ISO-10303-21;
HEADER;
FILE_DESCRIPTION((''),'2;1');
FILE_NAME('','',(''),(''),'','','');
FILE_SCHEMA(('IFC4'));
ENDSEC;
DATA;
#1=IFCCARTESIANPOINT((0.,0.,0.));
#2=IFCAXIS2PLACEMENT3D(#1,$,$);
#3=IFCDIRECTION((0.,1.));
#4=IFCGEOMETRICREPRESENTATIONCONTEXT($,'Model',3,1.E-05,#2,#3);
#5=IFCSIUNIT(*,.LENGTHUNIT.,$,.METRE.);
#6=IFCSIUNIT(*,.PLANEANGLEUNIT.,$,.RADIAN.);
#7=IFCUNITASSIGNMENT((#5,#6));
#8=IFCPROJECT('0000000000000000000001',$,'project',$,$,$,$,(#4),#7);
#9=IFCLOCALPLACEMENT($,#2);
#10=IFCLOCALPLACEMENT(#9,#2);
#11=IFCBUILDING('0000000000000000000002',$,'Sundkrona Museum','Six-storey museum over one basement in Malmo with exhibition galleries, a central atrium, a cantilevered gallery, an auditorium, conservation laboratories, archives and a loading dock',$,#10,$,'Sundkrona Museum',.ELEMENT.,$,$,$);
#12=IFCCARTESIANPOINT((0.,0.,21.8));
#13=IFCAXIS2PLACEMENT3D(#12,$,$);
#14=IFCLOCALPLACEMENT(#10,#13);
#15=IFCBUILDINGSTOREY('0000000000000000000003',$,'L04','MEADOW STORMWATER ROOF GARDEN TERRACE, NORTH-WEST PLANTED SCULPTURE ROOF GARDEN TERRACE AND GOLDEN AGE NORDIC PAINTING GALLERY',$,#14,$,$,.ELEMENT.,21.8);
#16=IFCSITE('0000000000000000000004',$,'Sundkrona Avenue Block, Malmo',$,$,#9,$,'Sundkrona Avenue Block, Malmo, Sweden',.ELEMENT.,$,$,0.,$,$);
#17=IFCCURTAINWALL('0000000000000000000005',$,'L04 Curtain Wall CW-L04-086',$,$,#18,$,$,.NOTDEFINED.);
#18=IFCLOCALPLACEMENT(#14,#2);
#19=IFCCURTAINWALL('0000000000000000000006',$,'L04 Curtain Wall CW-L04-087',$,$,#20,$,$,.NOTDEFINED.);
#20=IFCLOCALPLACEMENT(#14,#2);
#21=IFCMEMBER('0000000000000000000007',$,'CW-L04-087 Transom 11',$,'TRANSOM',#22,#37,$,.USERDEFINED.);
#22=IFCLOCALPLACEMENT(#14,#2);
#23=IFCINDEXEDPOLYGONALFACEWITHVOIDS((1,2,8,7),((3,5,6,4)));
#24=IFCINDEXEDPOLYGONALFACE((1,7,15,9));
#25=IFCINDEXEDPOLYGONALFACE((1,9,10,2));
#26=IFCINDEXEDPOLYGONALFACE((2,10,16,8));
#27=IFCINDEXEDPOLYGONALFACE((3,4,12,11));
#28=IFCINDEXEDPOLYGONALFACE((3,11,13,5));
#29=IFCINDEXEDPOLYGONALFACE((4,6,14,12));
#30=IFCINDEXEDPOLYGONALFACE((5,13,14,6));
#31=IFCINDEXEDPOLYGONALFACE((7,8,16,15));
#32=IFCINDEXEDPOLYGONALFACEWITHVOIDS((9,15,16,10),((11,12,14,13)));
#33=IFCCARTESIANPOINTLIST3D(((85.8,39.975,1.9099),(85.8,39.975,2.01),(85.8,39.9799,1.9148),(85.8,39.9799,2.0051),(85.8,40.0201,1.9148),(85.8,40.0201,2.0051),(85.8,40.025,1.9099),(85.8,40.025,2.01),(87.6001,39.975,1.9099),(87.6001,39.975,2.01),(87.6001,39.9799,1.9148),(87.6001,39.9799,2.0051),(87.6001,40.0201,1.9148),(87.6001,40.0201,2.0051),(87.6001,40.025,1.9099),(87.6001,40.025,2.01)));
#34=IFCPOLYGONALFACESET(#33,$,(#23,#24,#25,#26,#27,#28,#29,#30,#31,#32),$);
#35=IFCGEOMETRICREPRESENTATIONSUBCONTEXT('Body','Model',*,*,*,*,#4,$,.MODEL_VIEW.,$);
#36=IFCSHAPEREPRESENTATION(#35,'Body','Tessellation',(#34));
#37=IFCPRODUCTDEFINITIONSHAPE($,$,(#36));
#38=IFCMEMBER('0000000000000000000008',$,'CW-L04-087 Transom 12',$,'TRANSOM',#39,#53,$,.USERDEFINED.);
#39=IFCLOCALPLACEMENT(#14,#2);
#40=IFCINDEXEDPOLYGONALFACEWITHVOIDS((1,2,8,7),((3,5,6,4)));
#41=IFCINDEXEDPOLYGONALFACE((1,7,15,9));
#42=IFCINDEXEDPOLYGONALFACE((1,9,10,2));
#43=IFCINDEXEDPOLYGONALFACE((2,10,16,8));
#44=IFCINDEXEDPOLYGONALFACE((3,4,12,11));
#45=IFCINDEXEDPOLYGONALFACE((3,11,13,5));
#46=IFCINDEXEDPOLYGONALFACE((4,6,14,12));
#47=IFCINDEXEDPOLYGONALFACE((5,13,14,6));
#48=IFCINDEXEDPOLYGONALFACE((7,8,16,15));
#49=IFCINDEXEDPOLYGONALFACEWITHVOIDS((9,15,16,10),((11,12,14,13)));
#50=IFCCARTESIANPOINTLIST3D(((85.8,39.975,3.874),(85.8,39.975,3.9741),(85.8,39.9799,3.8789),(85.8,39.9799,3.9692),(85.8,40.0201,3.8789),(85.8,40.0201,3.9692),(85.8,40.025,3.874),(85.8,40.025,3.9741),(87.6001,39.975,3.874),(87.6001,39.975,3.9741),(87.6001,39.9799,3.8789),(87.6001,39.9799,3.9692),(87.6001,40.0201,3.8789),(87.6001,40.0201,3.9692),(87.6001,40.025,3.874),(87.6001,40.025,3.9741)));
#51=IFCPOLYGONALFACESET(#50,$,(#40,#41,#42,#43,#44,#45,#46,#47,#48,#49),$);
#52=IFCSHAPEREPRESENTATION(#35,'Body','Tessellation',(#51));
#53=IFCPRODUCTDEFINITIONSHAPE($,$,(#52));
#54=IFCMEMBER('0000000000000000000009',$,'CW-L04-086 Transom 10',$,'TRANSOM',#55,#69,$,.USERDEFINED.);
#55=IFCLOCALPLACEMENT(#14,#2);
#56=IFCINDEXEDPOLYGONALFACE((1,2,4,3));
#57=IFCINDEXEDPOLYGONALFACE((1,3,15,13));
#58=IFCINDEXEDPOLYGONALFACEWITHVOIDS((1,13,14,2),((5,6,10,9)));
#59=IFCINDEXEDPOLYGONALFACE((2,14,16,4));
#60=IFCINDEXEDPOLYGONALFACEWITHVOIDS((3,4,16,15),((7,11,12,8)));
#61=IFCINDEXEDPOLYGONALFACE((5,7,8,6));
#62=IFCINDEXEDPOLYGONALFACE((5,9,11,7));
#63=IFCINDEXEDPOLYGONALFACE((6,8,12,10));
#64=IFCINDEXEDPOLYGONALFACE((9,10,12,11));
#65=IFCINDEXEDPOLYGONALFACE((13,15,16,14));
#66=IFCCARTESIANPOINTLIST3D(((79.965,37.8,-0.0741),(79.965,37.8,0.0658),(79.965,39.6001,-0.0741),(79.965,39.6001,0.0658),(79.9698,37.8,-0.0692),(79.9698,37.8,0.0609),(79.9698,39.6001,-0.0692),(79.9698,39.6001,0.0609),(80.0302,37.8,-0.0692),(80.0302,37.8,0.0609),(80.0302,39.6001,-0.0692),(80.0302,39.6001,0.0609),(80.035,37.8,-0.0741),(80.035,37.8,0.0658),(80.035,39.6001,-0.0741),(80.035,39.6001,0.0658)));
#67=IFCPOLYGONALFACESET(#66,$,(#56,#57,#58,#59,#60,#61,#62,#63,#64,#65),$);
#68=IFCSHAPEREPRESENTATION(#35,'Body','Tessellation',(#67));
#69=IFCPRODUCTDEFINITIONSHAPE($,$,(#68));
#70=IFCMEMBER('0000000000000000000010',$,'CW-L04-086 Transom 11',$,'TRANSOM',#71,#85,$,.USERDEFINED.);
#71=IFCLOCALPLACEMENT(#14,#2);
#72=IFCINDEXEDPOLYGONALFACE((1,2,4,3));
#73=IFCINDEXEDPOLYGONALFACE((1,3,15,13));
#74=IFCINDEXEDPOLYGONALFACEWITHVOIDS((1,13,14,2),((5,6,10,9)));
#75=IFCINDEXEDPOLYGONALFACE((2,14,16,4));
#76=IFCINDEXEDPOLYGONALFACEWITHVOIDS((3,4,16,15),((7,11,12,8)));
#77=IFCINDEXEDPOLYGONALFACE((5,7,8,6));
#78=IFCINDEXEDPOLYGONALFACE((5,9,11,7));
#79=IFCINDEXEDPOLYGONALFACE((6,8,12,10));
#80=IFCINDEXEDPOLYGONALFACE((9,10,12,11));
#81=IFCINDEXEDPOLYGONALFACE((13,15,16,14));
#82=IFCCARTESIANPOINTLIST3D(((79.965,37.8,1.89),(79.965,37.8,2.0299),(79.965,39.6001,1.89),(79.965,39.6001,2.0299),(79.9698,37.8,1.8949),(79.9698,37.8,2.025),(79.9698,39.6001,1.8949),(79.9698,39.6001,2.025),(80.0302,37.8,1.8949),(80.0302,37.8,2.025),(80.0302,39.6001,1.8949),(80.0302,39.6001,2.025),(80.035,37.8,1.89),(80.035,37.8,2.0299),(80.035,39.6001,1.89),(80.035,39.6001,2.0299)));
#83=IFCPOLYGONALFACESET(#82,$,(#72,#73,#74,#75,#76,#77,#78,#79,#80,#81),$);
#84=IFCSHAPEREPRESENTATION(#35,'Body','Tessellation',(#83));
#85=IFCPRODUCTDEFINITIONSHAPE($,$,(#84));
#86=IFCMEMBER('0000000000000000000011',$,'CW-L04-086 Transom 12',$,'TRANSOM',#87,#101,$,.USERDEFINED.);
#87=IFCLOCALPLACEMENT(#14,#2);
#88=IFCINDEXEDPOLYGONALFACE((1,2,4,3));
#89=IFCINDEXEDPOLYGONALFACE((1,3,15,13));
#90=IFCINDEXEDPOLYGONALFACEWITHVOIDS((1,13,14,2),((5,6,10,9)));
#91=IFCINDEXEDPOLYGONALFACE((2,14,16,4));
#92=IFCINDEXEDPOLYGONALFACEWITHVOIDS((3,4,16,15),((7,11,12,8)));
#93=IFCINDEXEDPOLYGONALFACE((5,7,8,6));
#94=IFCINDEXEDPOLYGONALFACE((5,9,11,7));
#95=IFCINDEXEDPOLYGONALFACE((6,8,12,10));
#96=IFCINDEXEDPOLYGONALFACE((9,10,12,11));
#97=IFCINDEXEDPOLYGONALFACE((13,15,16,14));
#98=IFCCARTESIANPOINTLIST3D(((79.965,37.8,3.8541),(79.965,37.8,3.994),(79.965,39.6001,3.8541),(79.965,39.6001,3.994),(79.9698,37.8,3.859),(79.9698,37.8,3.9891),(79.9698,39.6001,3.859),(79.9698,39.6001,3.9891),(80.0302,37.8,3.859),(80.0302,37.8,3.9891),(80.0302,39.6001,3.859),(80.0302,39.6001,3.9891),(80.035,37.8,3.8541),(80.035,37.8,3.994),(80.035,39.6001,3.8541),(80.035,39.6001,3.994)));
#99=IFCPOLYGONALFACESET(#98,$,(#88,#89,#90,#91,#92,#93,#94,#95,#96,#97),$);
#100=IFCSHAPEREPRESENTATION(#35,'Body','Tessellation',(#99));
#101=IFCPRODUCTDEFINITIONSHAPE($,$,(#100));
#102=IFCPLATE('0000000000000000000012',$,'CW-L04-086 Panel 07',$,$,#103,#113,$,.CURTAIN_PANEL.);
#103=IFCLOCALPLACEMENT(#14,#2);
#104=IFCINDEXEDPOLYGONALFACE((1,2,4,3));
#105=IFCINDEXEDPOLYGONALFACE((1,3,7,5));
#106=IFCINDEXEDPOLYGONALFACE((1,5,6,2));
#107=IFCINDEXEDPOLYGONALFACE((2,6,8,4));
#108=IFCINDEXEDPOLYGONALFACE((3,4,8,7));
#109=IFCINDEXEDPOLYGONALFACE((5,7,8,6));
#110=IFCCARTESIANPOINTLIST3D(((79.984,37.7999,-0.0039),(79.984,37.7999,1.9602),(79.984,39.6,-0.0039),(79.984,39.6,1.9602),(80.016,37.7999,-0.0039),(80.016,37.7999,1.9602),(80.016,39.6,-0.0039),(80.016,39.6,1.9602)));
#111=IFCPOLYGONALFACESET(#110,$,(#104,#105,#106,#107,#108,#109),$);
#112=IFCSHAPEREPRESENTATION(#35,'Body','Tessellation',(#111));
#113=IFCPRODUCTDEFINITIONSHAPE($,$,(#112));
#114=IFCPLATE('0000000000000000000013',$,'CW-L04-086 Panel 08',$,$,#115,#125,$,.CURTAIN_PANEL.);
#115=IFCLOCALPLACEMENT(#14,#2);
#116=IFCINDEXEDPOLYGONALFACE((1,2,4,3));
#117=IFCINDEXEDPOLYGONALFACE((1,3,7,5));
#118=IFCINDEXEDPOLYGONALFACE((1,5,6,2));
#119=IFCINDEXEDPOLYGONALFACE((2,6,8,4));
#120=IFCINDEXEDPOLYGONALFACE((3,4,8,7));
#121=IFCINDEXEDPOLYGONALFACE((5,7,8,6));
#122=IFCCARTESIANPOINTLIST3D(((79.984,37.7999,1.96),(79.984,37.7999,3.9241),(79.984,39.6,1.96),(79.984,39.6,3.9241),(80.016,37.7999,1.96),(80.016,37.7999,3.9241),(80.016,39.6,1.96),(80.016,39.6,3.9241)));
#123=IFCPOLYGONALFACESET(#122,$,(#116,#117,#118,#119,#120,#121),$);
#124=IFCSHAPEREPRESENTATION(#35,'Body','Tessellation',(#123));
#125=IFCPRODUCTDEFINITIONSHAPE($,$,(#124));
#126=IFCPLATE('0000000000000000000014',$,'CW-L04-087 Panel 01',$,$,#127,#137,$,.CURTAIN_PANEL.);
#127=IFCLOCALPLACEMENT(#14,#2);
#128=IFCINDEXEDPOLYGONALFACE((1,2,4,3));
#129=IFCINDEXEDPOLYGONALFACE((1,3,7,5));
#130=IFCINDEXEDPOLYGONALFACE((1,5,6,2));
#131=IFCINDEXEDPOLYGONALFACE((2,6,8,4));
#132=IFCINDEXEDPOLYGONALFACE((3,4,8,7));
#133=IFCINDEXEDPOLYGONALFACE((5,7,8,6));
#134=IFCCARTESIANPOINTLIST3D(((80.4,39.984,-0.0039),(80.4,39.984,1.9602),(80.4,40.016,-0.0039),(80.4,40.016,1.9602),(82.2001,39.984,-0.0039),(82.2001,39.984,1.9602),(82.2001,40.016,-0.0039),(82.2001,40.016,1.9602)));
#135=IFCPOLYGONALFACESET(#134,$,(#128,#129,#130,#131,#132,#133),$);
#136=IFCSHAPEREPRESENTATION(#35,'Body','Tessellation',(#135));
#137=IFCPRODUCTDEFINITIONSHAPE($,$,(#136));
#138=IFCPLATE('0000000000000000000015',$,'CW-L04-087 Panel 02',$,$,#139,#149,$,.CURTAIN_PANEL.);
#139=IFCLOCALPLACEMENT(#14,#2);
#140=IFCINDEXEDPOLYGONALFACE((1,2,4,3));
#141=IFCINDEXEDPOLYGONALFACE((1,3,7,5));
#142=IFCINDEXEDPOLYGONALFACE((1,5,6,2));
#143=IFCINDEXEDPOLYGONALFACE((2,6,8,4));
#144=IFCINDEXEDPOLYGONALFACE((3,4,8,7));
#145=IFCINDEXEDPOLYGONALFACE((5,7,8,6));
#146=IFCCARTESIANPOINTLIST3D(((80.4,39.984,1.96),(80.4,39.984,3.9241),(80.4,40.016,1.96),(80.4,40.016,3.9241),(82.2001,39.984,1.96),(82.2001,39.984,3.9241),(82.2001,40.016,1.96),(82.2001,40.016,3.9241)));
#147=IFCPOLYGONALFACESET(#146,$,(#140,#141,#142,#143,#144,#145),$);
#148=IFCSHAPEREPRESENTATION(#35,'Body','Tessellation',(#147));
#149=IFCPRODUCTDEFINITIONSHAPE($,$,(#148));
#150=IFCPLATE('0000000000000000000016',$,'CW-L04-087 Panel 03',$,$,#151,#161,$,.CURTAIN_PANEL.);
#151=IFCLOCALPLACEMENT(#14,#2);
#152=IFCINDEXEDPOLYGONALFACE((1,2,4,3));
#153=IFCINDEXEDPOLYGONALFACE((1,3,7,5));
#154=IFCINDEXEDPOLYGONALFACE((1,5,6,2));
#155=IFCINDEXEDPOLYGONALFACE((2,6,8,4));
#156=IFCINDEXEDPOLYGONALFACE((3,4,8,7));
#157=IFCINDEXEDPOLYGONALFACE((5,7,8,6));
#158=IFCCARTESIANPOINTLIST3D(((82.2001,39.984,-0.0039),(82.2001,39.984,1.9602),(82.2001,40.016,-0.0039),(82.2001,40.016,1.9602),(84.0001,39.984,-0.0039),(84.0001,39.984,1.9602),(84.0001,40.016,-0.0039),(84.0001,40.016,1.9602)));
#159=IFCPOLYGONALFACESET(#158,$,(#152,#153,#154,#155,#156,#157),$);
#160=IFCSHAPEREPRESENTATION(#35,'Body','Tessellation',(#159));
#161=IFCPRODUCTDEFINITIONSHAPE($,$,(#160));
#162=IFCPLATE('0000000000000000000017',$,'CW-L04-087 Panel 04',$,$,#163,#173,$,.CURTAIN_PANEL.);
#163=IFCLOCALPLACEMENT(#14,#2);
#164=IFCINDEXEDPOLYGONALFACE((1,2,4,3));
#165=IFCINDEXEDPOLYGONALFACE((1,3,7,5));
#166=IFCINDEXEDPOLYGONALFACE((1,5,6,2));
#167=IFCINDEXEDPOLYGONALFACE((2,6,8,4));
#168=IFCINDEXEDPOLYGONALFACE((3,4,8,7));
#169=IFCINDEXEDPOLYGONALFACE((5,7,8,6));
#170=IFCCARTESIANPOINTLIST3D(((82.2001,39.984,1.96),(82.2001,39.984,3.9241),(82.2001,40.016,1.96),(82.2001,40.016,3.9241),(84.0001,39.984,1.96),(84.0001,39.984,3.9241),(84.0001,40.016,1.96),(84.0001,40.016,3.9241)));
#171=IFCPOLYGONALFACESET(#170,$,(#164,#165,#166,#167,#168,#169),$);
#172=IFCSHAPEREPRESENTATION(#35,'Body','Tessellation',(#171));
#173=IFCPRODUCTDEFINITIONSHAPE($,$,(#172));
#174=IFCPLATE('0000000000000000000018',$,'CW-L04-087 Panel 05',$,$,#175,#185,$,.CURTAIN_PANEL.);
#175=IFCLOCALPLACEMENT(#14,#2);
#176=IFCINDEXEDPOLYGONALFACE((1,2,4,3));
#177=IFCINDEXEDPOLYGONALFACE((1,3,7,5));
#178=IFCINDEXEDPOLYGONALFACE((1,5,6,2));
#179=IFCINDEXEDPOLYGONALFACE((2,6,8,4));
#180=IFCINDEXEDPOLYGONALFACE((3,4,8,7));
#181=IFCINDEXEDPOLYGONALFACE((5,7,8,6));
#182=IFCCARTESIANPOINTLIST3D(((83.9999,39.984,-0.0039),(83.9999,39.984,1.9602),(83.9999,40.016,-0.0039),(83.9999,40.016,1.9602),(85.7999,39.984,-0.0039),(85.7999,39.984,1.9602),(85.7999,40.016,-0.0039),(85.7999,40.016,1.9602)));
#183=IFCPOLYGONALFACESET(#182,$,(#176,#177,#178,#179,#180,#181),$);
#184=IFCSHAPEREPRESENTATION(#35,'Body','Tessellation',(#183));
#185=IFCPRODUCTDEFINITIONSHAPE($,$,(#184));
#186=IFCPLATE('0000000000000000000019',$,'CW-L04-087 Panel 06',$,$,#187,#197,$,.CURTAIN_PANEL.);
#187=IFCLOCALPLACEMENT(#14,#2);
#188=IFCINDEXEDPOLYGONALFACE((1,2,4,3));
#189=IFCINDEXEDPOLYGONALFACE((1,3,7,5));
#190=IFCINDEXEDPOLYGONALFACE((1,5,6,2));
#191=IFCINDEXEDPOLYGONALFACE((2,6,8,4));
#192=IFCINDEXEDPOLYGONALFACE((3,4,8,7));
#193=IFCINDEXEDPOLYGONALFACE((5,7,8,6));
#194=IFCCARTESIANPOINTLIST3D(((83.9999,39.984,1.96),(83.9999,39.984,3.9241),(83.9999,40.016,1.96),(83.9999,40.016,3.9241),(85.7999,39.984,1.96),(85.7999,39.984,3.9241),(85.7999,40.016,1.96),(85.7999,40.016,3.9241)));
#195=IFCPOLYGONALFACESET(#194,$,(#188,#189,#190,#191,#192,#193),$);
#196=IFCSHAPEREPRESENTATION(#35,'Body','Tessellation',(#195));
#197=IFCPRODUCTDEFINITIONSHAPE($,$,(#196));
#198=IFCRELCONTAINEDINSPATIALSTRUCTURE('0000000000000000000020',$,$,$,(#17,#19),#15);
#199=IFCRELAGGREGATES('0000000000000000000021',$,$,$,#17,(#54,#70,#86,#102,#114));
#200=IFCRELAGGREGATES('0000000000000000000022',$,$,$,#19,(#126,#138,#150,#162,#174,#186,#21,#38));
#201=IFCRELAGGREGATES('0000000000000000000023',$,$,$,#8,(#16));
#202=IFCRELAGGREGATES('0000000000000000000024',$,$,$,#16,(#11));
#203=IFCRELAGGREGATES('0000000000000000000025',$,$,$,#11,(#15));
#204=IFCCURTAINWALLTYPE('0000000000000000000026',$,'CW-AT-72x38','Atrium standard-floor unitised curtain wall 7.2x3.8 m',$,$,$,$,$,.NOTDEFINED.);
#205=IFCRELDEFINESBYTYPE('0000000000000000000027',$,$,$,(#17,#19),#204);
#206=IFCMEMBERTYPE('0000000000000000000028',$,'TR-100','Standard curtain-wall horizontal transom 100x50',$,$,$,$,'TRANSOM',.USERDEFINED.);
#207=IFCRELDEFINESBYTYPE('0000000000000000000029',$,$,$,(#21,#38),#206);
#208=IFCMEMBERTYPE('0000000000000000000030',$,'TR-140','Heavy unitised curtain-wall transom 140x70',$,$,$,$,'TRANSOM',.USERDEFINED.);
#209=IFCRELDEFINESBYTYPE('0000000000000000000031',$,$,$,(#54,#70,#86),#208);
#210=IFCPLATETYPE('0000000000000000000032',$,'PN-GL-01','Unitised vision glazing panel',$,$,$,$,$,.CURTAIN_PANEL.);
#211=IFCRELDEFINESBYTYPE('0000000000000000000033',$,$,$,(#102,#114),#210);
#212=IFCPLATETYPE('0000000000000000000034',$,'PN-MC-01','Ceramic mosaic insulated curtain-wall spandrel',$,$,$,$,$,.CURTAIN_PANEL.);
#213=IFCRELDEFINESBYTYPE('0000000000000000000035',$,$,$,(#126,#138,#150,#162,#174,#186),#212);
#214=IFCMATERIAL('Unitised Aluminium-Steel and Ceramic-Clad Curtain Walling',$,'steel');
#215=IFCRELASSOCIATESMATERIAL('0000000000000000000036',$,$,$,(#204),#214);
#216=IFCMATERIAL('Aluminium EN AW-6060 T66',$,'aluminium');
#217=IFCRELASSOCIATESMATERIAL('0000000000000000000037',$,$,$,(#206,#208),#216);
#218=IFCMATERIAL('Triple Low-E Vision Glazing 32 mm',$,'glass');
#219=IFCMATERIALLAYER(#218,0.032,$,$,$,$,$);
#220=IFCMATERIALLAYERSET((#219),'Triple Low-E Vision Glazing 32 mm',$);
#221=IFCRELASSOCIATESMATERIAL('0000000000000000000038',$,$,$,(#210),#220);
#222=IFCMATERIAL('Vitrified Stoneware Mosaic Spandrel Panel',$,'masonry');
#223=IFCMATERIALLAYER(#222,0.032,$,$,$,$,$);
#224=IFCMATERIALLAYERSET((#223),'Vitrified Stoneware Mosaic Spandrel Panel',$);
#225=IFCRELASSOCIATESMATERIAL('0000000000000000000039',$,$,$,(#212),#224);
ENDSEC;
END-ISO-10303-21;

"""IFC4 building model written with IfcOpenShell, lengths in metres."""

from ifc_helpers import new_model, si_unit, direction, frame, origin, origin_2d, place, context, subcontext, project, spatial, rectangle, hollow_rectangle, extrude, material, layer, layer_set, material_profile, profile_set, type_object, element, aggregate, save


model = new_model("IFC4")

# Units and contexts
model_context = context("Model", 3, precision=1e-05, world=origin(), true_north=direction((0.0, 1.0)))
body_context = subcontext(model_context, "Body", "Model", "MODEL_VIEW")
ifc_project = project(units=[si_unit("LENGTHUNIT", "METRE"), si_unit("PLANEANGLEUNIT", "RADIAN")], contexts=[model_context])

# Site, building, storey
site_placement = place(None, origin())
site = spatial("IfcSite", under=ifc_project, at=site_placement, Name="Sundkrona Avenue Block, Malmo", LongName="Sundkrona Avenue Block, Malmo, Sweden", CompositionType="ELEMENT", RefElevation=0.0)
building_placement = place(site_placement, origin())
building = spatial("IfcBuilding", under=site, at=building_placement, Name="Sundkrona Museum", Description="Six-storey museum over one basement in Malmo with exhibition galleries, a central atrium, a cantilevered gallery, an auditorium, conservation laboratories, archives and a loading dock", LongName="Sundkrona Museum", CompositionType="ELEMENT")
storey_placement = place(building_placement, frame((0.0, 0.0, 21.8)))
storey = spatial("IfcBuildingStorey", under=building, at=storey_placement, Name="L04", Description="MEADOW STORMWATER ROOF GARDEN TERRACE, NORTH-WEST PLANTED SCULPTURE ROOF GARDEN TERRACE AND GOLDEN AGE NORDIC PAINTING GALLERY", CompositionType="ELEMENT", Elevation=21.8)

# Curtain walls, members
ifc_material_1 = material(Name="Unitised Aluminium-Steel and Ceramic-Clad Curtain Walling", Category="steel")
curtain_wall_type = type_object("IfcCurtainWallType", Name="CW-AT-72x38", Description="Atrium standard-floor unitised curtain wall 7.2x3.8 m", PredefinedType="NOTDEFINED", material=ifc_material_1)
curtain_wall_1_placement = place(storey_placement, origin())
curtain_wall_1 = element("IfcCurtainWall", 1, at=curtain_wall_1_placement, inside=storey, type_object=curtain_wall_type, Name="L04 Curtain Wall CW-L04-086", PredefinedType="NOTDEFINED")
ifc_material_2 = material(Name="Aluminium EN AW-6060 T66", Category="aluminium")
curtain_wall_2_placement = place(storey_placement, origin())
curtain_wall_2 = element("IfcCurtainWall", 2, at=curtain_wall_2_placement, inside=storey, type_object=curtain_wall_type, Name="L04 Curtain Wall CW-L04-087", PredefinedType="NOTDEFINED")
ifc_material_profile_1 = material_profile(ifc_material_2, hollow_rectangle(XDim=0.05, YDim=0.1001, WallThickness=0.0049, at=origin_2d()), Name="RHS 100x50x5.0")
ifc_profile_set_1 = profile_set([ifc_material_profile_1], Name="Aluminium EN AW-6060 T66")
member_type_1 = type_object("IfcMemberType", Name="TR-100", Description="Standard curtain-wall horizontal transom 100x50", ElementType="TRANSOM", PredefinedType="USERDEFINED", material=ifc_profile_set_1)
member_1_placement = place(storey_placement, frame((85.8, 40.0, 1.96), z_axis=(1.0, 0.0, 0.0), x_axis=(0.0, 1.0, 0.0)))
member_1 = element("IfcMember", 3, at=member_1_placement, type_object=member_type_1, Name="CW-L04-087 Transom 11", ObjectType="TRANSOM", PredefinedType="USERDEFINED", context=body_context, shape_type="SweptSolid", body=[
    extrude(hollow_rectangle(XDim=0.05, YDim=0.1001, WallThickness=0.0049, at=origin_2d()), origin(), (0.0, 0.0, 1.0), 1.8),
])
member_2_placement = place(storey_placement, frame((85.8, 40.0, 3.9241), z_axis=(1.0, 0.0, 0.0), x_axis=(0.0, 1.0, 0.0)))
member_2 = element("IfcMember", 4, at=member_2_placement, type_object=member_type_1, Name="CW-L04-087 Transom 12", ObjectType="TRANSOM", PredefinedType="USERDEFINED", context=body_context, shape_type="SweptSolid", body=[
    extrude(hollow_rectangle(XDim=0.05, YDim=0.1001, WallThickness=0.0049, at=origin_2d()), origin(), (0.0, 0.0, 1.0), 1.8),
])

# Members
ifc_material_profile_2 = material_profile(ifc_material_2, hollow_rectangle(XDim=0.0701, YDim=0.1399, WallThickness=0.0049, at=origin_2d()), Name="RHS 140x70x5.0")
ifc_profile_set_2 = profile_set([ifc_material_profile_2], Name="Aluminium EN AW-6060 T66")
member_type_2 = type_object("IfcMemberType", Name="TR-140", Description="Heavy unitised curtain-wall transom 140x70", ElementType="TRANSOM", PredefinedType="USERDEFINED", material=ifc_profile_set_2)
member_3_placement = place(storey_placement, frame((80.0, 37.8, -0.0042), z_axis=(0.0, 1.0, 0.0), x_axis=(-1.0, 0.0, 0.0)))
member_3 = element("IfcMember", 5, at=member_3_placement, type_object=member_type_2, Name="CW-L04-086 Transom 10", ObjectType="TRANSOM", PredefinedType="USERDEFINED", context=body_context, shape_type="SweptSolid", body=[
    extrude(hollow_rectangle(XDim=0.0701, YDim=0.1399, WallThickness=0.0049, at=origin_2d()), origin(), (0.0, 0.0, 1.0), 1.8),
])
member_4_placement = place(storey_placement, frame((80.0, 37.8, 1.96), z_axis=(0.0, 1.0, 0.0), x_axis=(-1.0, 0.0, 0.0)))
member_4 = element("IfcMember", 6, at=member_4_placement, type_object=member_type_2, Name="CW-L04-086 Transom 11", ObjectType="TRANSOM", PredefinedType="USERDEFINED", context=body_context, shape_type="SweptSolid", body=[
    extrude(hollow_rectangle(XDim=0.0701, YDim=0.1399, WallThickness=0.0049, at=origin_2d()), origin(), (0.0, 0.0, 1.0), 1.8),
])
member_5_placement = place(storey_placement, frame((80.0, 37.8, 3.9241), z_axis=(0.0, 1.0, 0.0), x_axis=(-1.0, 0.0, 0.0)))
member_5 = element("IfcMember", 7, at=member_5_placement, type_object=member_type_2, Name="CW-L04-086 Transom 12", ObjectType="TRANSOM", PredefinedType="USERDEFINED", context=body_context, shape_type="SweptSolid", body=[
    extrude(hollow_rectangle(XDim=0.0701, YDim=0.1399, WallThickness=0.0049, at=origin_2d()), origin(), (0.0, 0.0, 1.0), 1.8),
])

# Plates
ifc_material_3 = material(Name="Triple Low-E Vision Glazing 32 mm", Category="glass")
ifc_layer_1 = layer(ifc_material_3, 0.032)
ifc_layer_set_1 = layer_set([ifc_layer_1], Name="Triple Low-E Vision Glazing 32 mm")
plate_type_1 = type_object("IfcPlateType", Name="PN-GL-01", Description="Unitised vision glazing panel", PredefinedType="CURTAIN_PANEL", material=ifc_layer_set_1)
plate_1_placement = place(storey_placement, frame((80.0, 38.7, -0.0039), z_axis=(0.0, 0.0, 1.0), x_axis=(0.0, 1.0, 0.0)))
plate_1 = element("IfcPlate", 8, at=plate_1_placement, type_object=plate_type_1, Name="CW-L04-086 Panel 07", PredefinedType="CURTAIN_PANEL", context=body_context, shape_type="SweptSolid", body=[
    extrude(rectangle(XDim=1.8, YDim=0.032, at=origin_2d()), origin(), (0.0, 0.0, 1.0), 1.9641),
])
plate_2_placement = place(storey_placement, frame((80.0, 38.7, 1.96), z_axis=(0.0, 0.0, 1.0), x_axis=(0.0, 1.0, 0.0)))
plate_2 = element("IfcPlate", 9, at=plate_2_placement, type_object=plate_type_1, Name="CW-L04-086 Panel 08", PredefinedType="CURTAIN_PANEL", context=body_context, shape_type="SweptSolid", body=[
    extrude(rectangle(XDim=1.8, YDim=0.032, at=origin_2d()), origin(), (0.0, 0.0, 1.0), 1.9641),
])
aggregate(curtain_wall_1, [member_3, member_4, member_5, plate_1, plate_2])
ifc_material_4 = material(Name="Vitrified Stoneware Mosaic Spandrel Panel", Category="masonry")
ifc_layer_2 = layer(ifc_material_4, 0.032)
ifc_layer_set_2 = layer_set([ifc_layer_2], Name="Vitrified Stoneware Mosaic Spandrel Panel")
plate_type_2 = type_object("IfcPlateType", Name="PN-MC-01", Description="Ceramic mosaic insulated curtain-wall spandrel", PredefinedType="CURTAIN_PANEL", material=ifc_layer_set_2)
plate_3_placement = place(storey_placement, frame((81.3, 40.0, -0.0039), z_axis=(0.0, 0.0, 1.0), x_axis=(1.0, 0.0, 0.0)))
plate_3 = element("IfcPlate", 10, at=plate_3_placement, type_object=plate_type_2, Name="CW-L04-087 Panel 01", PredefinedType="CURTAIN_PANEL", context=body_context, shape_type="SweptSolid", body=[
    extrude(rectangle(XDim=1.8, YDim=0.032, at=origin_2d()), origin(), (0.0, 0.0, 1.0), 1.9641),
])
plate_4_placement = place(storey_placement, frame((81.3, 40.0, 1.96), z_axis=(0.0, 0.0, 1.0), x_axis=(1.0, 0.0, 0.0)))
plate_4 = element("IfcPlate", 11, at=plate_4_placement, type_object=plate_type_2, Name="CW-L04-087 Panel 02", PredefinedType="CURTAIN_PANEL", context=body_context, shape_type="SweptSolid", body=[
    extrude(rectangle(XDim=1.8, YDim=0.032, at=origin_2d()), origin(), (0.0, 0.0, 1.0), 1.9641),
])
plate_5_placement = place(storey_placement, frame((83.1001, 40.0, -0.0039), z_axis=(0.0, 0.0, 1.0), x_axis=(1.0, 0.0, 0.0)))
plate_5 = element("IfcPlate", 12, at=plate_5_placement, type_object=plate_type_2, Name="CW-L04-087 Panel 03", PredefinedType="CURTAIN_PANEL", context=body_context, shape_type="SweptSolid", body=[
    extrude(rectangle(XDim=1.8, YDim=0.032, at=origin_2d()), origin(), (0.0, 0.0, 1.0), 1.9641),
])
plate_6_placement = place(storey_placement, frame((83.1001, 40.0, 1.96), z_axis=(0.0, 0.0, 1.0), x_axis=(1.0, 0.0, 0.0)))
plate_6 = element("IfcPlate", 13, at=plate_6_placement, type_object=plate_type_2, Name="CW-L04-087 Panel 04", PredefinedType="CURTAIN_PANEL", context=body_context, shape_type="SweptSolid", body=[
    extrude(rectangle(XDim=1.8, YDim=0.032, at=origin_2d()), origin(), (0.0, 0.0, 1.0), 1.9641),
])
plate_7_placement = place(storey_placement, frame((84.8999, 40.0, -0.0039), z_axis=(0.0, 0.0, 1.0), x_axis=(1.0, 0.0, 0.0)))
plate_7 = element("IfcPlate", 14, at=plate_7_placement, type_object=plate_type_2, Name="CW-L04-087 Panel 05", PredefinedType="CURTAIN_PANEL", context=body_context, shape_type="SweptSolid", body=[
    extrude(rectangle(XDim=1.8, YDim=0.032, at=origin_2d()), origin(), (0.0, 0.0, 1.0), 1.9641),
])
plate_8_placement = place(storey_placement, frame((84.8999, 40.0, 1.96), z_axis=(0.0, 0.0, 1.0), x_axis=(1.0, 0.0, 0.0)))
plate_8 = element("IfcPlate", 15, at=plate_8_placement, type_object=plate_type_2, Name="CW-L04-087 Panel 06", PredefinedType="CURTAIN_PANEL", context=body_context, shape_type="SweptSolid", body=[
    extrude(rectangle(XDim=1.8, YDim=0.032, at=origin_2d()), origin(), (0.0, 0.0, 1.0), 1.9641),
])
aggregate(curtain_wall_2, [plate_3, plate_4, plate_5, plate_6, plate_7, plate_8, member_1, member_2])

save(model, "model.ifc")
